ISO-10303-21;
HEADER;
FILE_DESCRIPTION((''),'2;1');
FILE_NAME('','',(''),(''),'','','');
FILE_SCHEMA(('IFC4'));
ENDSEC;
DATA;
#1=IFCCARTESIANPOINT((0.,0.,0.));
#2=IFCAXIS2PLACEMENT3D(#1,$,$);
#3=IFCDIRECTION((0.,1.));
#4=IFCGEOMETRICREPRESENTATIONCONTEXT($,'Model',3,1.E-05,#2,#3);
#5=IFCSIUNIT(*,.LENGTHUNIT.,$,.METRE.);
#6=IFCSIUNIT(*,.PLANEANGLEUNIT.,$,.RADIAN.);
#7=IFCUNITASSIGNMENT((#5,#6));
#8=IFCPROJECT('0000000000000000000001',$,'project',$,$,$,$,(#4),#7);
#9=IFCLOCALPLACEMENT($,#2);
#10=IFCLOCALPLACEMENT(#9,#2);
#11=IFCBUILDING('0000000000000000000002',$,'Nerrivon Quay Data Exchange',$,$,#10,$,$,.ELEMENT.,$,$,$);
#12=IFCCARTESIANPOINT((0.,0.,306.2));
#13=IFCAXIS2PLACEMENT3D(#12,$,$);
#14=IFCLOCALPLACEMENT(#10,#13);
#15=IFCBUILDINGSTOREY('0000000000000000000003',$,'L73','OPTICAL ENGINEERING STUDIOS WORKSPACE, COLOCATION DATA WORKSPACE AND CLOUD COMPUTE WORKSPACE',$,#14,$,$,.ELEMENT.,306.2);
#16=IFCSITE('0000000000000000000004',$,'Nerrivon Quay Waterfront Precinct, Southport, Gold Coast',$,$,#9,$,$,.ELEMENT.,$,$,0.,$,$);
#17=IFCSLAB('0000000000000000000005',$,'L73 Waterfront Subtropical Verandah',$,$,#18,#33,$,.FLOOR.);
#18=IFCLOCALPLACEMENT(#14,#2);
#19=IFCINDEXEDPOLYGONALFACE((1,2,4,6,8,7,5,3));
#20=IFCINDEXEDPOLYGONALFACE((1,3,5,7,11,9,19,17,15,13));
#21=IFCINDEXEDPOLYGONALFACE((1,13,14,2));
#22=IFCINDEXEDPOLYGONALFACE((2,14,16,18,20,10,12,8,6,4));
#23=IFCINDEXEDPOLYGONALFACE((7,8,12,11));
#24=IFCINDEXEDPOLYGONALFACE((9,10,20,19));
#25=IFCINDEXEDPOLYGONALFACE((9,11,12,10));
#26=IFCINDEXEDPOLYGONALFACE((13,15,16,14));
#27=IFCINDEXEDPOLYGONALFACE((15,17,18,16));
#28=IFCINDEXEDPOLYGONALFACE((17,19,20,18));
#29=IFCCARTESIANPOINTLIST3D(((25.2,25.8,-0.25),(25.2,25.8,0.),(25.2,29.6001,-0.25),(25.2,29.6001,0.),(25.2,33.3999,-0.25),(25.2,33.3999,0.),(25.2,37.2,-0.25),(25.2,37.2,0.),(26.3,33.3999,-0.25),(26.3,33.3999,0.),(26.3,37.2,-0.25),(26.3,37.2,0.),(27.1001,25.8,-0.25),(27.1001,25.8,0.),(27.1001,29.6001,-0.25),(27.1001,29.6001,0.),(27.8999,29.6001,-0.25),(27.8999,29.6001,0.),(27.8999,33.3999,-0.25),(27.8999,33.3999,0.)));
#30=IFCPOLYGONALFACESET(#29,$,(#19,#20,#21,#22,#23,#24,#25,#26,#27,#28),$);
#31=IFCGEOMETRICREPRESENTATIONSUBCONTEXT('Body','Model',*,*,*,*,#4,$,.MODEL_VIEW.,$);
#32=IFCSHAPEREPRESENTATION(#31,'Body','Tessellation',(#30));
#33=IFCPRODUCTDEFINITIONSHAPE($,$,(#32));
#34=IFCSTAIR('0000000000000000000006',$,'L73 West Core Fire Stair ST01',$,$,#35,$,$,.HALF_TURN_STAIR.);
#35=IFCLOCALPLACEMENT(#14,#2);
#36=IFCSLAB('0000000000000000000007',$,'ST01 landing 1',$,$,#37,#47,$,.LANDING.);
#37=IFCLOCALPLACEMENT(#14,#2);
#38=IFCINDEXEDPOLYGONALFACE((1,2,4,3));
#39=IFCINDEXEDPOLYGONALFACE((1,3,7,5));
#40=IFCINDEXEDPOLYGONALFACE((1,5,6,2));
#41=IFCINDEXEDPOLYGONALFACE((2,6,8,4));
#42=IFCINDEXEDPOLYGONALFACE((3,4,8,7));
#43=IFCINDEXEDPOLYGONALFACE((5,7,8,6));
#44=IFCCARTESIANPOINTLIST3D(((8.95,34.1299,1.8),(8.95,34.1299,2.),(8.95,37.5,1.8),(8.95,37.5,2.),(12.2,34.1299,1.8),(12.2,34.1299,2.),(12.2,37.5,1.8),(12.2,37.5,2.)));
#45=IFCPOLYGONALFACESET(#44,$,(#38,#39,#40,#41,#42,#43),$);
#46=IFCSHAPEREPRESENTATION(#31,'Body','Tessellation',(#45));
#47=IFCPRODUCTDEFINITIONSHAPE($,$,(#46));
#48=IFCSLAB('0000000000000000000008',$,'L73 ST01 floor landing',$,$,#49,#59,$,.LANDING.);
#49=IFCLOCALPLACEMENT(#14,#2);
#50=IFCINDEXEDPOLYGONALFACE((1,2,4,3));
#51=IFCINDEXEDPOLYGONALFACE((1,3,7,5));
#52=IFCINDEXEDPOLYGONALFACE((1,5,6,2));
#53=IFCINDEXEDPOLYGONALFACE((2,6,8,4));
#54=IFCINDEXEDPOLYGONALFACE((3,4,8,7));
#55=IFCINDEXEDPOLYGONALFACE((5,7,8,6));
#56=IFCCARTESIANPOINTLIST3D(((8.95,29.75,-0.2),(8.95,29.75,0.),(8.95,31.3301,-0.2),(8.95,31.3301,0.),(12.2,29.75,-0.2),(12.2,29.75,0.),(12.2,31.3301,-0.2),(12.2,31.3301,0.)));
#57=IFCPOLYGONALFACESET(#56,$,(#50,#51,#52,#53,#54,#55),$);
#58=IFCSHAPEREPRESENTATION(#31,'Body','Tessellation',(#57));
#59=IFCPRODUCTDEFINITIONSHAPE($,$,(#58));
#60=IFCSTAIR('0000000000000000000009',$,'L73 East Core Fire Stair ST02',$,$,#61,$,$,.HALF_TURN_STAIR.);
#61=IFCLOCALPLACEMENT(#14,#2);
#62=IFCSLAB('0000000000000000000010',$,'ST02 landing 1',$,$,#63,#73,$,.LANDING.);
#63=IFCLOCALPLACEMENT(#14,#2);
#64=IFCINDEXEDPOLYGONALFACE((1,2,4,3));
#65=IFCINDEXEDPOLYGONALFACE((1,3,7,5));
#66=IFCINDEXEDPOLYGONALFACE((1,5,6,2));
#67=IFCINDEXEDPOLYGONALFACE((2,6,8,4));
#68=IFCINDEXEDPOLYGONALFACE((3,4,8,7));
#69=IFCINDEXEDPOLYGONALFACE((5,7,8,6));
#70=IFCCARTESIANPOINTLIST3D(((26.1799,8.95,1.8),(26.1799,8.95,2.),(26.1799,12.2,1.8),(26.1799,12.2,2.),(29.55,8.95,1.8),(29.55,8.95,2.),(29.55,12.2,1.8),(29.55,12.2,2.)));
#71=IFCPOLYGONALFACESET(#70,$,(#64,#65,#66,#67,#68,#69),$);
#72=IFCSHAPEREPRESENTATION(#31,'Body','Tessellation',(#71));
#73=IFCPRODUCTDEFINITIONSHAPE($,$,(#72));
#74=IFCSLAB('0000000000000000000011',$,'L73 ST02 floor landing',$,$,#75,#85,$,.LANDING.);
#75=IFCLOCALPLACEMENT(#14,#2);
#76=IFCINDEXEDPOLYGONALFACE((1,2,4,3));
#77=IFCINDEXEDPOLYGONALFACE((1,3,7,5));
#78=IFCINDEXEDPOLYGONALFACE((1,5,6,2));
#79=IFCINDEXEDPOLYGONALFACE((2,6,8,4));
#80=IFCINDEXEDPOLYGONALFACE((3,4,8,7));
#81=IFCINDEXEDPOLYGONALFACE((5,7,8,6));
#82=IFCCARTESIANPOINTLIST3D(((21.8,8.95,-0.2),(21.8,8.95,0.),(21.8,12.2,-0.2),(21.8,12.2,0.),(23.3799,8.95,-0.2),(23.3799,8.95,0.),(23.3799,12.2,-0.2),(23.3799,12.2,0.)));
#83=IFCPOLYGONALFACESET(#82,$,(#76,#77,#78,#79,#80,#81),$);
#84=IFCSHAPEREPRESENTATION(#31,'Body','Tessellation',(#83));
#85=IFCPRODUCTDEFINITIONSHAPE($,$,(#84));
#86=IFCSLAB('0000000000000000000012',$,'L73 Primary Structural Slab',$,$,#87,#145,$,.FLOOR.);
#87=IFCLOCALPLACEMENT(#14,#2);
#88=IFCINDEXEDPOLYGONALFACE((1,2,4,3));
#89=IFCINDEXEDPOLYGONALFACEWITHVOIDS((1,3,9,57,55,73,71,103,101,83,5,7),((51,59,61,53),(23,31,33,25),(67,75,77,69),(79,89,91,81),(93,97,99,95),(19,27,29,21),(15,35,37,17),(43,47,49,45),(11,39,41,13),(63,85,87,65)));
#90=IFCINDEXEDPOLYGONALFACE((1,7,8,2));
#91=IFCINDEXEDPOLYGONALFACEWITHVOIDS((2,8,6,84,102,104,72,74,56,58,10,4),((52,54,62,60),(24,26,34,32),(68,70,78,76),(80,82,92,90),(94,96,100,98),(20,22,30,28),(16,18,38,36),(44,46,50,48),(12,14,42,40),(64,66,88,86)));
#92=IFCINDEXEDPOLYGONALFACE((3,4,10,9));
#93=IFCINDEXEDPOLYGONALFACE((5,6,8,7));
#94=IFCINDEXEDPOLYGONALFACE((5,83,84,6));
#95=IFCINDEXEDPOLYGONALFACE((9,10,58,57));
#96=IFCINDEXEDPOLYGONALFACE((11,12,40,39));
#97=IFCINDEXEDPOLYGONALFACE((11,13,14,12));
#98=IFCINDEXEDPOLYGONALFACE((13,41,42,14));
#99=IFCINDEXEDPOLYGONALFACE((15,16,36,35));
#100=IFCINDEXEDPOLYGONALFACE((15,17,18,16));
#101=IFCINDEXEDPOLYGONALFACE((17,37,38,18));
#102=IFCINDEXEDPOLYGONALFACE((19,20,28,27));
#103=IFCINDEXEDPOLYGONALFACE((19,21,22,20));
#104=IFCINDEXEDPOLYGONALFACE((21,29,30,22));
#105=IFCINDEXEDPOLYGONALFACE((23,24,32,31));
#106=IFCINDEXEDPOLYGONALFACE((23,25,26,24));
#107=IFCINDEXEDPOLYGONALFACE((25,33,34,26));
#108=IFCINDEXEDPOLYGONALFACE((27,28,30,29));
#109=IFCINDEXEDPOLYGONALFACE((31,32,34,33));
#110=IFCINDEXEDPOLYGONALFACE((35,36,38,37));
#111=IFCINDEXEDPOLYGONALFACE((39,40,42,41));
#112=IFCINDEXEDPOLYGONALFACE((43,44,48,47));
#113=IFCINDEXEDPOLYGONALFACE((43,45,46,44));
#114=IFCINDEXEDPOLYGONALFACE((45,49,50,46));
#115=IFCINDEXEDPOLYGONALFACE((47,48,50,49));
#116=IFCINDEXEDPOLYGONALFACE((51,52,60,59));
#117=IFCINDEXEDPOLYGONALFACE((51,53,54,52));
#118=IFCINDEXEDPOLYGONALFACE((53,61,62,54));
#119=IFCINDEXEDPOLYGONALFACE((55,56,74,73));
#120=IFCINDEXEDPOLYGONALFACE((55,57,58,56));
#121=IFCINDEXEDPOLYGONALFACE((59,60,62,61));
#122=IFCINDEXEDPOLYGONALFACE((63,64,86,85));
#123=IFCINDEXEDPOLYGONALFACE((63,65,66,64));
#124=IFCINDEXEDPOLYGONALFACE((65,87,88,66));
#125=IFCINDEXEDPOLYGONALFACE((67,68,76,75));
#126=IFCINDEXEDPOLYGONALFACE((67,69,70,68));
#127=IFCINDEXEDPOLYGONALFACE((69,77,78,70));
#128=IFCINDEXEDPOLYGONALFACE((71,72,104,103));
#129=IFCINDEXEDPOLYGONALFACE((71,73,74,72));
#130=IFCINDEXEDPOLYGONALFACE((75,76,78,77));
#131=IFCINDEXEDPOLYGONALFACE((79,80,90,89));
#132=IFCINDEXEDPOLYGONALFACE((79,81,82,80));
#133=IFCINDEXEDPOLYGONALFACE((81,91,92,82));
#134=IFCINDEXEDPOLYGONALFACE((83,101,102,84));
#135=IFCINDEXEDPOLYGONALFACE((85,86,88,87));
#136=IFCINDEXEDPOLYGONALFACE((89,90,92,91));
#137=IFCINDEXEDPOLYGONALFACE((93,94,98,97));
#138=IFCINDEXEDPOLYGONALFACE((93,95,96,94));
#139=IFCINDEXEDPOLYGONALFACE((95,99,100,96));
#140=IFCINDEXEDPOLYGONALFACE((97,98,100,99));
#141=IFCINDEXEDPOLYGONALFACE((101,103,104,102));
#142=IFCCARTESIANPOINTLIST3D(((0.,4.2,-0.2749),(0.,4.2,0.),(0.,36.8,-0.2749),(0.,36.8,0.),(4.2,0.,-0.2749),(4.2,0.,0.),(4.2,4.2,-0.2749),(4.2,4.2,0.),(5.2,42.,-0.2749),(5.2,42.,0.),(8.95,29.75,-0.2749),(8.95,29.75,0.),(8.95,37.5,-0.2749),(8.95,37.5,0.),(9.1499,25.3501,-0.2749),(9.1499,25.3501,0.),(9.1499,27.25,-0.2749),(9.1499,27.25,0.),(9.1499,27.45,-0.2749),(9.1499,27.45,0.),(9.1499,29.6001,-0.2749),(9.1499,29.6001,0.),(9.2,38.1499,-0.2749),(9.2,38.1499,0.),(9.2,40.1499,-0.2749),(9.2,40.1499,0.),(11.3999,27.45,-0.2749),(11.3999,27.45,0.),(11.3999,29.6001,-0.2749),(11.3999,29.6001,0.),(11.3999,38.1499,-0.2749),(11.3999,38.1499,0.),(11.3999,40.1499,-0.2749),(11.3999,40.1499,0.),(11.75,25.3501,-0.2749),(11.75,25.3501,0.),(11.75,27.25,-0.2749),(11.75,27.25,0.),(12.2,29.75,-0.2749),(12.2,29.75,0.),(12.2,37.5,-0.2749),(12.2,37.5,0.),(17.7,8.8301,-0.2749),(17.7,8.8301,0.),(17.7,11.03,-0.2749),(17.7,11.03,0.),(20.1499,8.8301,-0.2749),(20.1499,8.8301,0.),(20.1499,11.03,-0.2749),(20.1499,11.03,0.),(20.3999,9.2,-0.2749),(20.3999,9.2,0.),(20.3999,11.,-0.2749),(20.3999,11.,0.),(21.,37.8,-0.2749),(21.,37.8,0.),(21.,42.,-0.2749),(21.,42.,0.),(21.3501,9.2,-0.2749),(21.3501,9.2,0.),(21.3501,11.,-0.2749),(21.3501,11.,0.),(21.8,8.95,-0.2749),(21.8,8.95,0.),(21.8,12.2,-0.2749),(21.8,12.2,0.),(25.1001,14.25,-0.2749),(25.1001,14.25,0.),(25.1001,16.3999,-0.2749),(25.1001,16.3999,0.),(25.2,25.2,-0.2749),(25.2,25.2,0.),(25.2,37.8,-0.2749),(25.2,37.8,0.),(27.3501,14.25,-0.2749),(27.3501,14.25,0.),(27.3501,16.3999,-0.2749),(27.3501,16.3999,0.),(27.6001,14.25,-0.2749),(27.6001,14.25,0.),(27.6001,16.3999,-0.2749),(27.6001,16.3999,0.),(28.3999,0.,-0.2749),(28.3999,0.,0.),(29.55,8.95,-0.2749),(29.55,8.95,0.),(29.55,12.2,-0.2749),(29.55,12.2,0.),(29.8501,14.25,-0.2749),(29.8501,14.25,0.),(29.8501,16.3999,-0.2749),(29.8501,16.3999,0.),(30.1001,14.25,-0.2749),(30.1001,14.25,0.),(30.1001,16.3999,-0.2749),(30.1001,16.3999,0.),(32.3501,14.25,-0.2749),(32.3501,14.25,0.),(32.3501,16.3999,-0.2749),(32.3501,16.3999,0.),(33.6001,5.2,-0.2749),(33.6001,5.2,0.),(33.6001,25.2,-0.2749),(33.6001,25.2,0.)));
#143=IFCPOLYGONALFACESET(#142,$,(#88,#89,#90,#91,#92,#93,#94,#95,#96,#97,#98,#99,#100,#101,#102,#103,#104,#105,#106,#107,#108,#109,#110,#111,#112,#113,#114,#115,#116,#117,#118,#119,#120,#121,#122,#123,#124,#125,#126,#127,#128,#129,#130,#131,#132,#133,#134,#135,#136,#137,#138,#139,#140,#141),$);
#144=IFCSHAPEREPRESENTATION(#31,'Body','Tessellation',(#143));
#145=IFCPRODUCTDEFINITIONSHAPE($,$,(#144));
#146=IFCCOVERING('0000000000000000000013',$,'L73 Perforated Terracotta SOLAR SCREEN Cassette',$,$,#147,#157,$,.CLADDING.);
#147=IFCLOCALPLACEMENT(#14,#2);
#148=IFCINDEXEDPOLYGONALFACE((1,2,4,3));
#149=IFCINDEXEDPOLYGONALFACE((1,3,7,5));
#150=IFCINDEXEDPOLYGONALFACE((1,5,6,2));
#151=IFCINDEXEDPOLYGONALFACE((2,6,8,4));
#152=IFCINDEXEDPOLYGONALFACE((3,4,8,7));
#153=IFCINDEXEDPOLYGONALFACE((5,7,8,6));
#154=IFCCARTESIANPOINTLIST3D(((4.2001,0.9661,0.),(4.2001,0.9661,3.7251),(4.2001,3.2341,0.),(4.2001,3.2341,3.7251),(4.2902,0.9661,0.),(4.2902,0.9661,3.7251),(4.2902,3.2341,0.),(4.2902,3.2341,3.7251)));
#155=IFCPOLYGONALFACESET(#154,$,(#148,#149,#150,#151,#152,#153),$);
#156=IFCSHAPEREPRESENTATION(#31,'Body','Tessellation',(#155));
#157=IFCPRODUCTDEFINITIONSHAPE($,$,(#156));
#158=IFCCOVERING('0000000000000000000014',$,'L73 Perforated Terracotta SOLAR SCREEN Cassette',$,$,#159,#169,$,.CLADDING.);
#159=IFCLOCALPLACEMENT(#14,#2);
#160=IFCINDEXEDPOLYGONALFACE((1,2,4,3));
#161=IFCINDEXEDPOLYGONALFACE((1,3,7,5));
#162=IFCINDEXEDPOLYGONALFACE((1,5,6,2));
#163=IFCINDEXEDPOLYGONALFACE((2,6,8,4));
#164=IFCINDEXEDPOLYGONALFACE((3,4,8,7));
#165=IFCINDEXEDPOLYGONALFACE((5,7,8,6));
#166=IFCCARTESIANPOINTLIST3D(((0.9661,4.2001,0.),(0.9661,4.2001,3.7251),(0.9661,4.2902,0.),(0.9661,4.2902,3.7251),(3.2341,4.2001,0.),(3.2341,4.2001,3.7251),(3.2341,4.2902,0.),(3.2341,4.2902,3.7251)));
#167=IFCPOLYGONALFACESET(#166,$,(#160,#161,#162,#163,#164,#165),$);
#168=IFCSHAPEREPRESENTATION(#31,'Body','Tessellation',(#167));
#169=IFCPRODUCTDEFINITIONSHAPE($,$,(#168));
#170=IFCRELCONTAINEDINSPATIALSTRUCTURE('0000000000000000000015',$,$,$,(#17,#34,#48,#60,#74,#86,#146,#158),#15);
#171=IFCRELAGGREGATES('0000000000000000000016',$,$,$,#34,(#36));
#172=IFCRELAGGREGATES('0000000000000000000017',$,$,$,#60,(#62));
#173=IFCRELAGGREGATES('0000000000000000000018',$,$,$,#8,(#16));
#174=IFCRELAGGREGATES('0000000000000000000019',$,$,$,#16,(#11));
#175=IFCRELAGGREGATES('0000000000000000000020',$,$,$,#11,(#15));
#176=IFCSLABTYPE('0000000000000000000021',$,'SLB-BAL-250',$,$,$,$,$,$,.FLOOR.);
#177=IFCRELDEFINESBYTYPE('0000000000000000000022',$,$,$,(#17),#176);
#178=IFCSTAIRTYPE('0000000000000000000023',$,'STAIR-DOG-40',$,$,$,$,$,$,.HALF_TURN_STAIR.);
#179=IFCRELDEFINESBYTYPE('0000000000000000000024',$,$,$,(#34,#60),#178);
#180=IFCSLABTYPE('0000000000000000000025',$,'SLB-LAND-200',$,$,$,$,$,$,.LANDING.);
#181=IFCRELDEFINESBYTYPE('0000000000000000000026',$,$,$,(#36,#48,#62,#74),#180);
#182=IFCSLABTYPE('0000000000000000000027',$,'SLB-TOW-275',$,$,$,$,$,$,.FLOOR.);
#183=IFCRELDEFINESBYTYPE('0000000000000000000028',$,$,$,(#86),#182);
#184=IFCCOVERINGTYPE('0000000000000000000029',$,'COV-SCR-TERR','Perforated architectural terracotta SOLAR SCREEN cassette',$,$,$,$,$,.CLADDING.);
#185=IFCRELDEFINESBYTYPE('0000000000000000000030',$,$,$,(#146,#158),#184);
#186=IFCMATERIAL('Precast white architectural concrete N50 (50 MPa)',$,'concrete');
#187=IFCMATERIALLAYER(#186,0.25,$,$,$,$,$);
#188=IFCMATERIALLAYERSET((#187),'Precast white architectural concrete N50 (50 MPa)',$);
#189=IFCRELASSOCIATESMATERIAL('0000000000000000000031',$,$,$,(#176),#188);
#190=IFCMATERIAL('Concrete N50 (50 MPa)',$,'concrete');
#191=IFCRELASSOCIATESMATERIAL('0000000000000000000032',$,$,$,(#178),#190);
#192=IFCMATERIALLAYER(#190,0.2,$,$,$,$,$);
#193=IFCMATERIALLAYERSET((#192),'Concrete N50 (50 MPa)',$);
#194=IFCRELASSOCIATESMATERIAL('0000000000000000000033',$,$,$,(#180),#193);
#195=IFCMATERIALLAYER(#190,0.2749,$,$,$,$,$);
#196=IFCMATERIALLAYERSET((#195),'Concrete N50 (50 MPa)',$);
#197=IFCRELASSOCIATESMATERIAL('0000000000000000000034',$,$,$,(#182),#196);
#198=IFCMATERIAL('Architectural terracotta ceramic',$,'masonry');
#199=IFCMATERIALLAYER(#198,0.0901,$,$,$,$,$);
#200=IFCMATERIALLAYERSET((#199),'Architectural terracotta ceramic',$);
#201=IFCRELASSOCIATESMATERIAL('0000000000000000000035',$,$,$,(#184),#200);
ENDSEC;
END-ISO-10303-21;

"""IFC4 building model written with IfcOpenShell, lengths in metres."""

from ifc_helpers import new_model, si_unit, direction, frame, origin, origin_2d, place, context, subcontext, project, spatial, polyline, rectangle, outline, extrude, material, layer, layer_set, type_object, element, aggregate, save


model = new_model("IFC4")

# Units and contexts
model_context = context("Model", 3, precision=1e-05, world=origin(), true_north=direction((0.0, 1.0)))
body_context = subcontext(model_context, "Body", "Model", "MODEL_VIEW")
ifc_project = project(units=[si_unit("LENGTHUNIT", "METRE"), si_unit("PLANEANGLEUNIT", "RADIAN")], contexts=[model_context])

# Site, building, storey
site_placement = place(None, origin())
site = spatial("IfcSite", under=ifc_project, at=site_placement, Name="Nerrivon Quay Waterfront Precinct, Southport, Gold Coast", CompositionType="ELEMENT", RefElevation=0.0)
building_placement = place(site_placement, origin())
building = spatial("IfcBuilding", under=site, at=building_placement, Name="Nerrivon Quay Data Exchange", CompositionType="ELEMENT")
storey_placement = place(building_placement, frame((0.0, 0.0, 306.2)))
storey = spatial("IfcBuildingStorey", under=building, at=storey_placement, Name="L73", Description="OPTICAL ENGINEERING STUDIOS WORKSPACE, COLOCATION DATA WORKSPACE AND CLOUD COMPUTE WORKSPACE", CompositionType="ELEMENT", Elevation=306.2)

# Slab
ifc_material_1 = material(Name="Precast white architectural concrete N50 (50 MPa)", Category="concrete")
ifc_layer_1 = layer(ifc_material_1, 0.25)
ifc_layer_set_1 = layer_set([ifc_layer_1], Name="Precast white architectural concrete N50 (50 MPa)")
slab_type_1 = type_object("IfcSlabType", Name="SLB-BAL-250", PredefinedType="FLOOR", material=ifc_layer_set_1)
slab_1_placement = place(storey_placement, frame((0.0, 0.0, -0.25)))
element("IfcSlab", 1, at=slab_1_placement, inside=storey, type_object=slab_type_1, Name="L73 Waterfront Subtropical Verandah", PredefinedType="FLOOR", context=body_context, shape_type="SweptSolid", body=[
    extrude(outline(polyline([(27.1001, 29.6001), (27.8999, 29.6001), (27.8999, 33.3999), (26.3, 33.3999), (26.3, 37.2), (25.2, 37.2), (25.2, 33.3999), (25.2, 29.6001), (25.2, 25.8), (27.1001, 25.8), (27.1001, 29.6001)])), origin(), (0.0, 0.0, 1.0), 0.25),
])

# Stair, slab
ifc_material_2 = material(Name="Concrete N50 (50 MPa)", Category="concrete")
stair_type = type_object("IfcStairType", Name="STAIR-DOG-40", PredefinedType="HALF_TURN_STAIR", material=ifc_material_2)
stair_1_placement = place(storey_placement, origin())
stair_1 = element("IfcStair", 2, at=stair_1_placement, inside=storey, type_object=stair_type, Name="L73 West Core Fire Stair ST01", PredefinedType="HALF_TURN_STAIR")
ifc_layer_2 = layer(ifc_material_2, 0.2)
ifc_layer_set_2 = layer_set([ifc_layer_2], Name="Concrete N50 (50 MPa)")
slab_type_2 = type_object("IfcSlabType", Name="SLB-LAND-200", PredefinedType="LANDING", material=ifc_layer_set_2)
slab_2_placement = place(storey_placement, frame((0.0, 0.0, 1.8)))
slab_2 = element("IfcSlab", 3, at=slab_2_placement, type_object=slab_type_2, Name="ST01 landing 1", PredefinedType="LANDING", context=body_context, shape_type="SweptSolid", body=[
    extrude(outline(polyline([(12.2, 34.1299), (12.2, 37.5), (8.95, 37.5), (8.95, 34.1299), (12.2, 34.1299)])), origin(), (0.0, 0.0, 1.0), 0.2),
])
aggregate(stair_1, [slab_2])

# Slab
slab_3_placement = place(storey_placement, frame((0.0, 0.0, -0.2)))
element("IfcSlab", 4, at=slab_3_placement, inside=storey, type_object=slab_type_2, Name="L73 ST01 floor landing", PredefinedType="LANDING", context=body_context, shape_type="SweptSolid", body=[
    extrude(outline(polyline([(12.2, 29.75), (12.2, 31.3301), (8.95, 31.3301), (8.95, 29.75), (12.2, 29.75)])), origin(), (0.0, 0.0, 1.0), 0.2),
])

# Stair, slab
stair_2_placement = place(storey_placement, origin())
stair_2 = element("IfcStair", 5, at=stair_2_placement, inside=storey, type_object=stair_type, Name="L73 East Core Fire Stair ST02", PredefinedType="HALF_TURN_STAIR")
slab_4_placement = place(storey_placement, frame((0.0, 0.0, 1.8)))
slab_4 = element("IfcSlab", 6, at=slab_4_placement, type_object=slab_type_2, Name="ST02 landing 1", PredefinedType="LANDING", context=body_context, shape_type="SweptSolid", body=[
    extrude(outline(polyline([(26.1799, 8.95), (29.55, 8.95), (29.55, 12.2), (26.1799, 12.2), (26.1799, 8.95)])), origin(), (0.0, 0.0, 1.0), 0.2),
])
aggregate(stair_2, [slab_4])

# Slabs
slab_5_placement = place(storey_placement, frame((0.0, 0.0, -0.2)))
element("IfcSlab", 7, at=slab_5_placement, inside=storey, type_object=slab_type_2, Name="L73 ST02 floor landing", PredefinedType="LANDING", context=body_context, shape_type="SweptSolid", body=[
    extrude(outline(polyline([(21.8, 8.95), (23.3799, 8.95), (23.3799, 12.2), (21.8, 12.2), (21.8, 8.95)])), origin(), (0.0, 0.0, 1.0), 0.2),
])
ifc_layer_3 = layer(ifc_material_2, 0.2749)
ifc_layer_set_3 = layer_set([ifc_layer_3], Name="Concrete N50 (50 MPa)")
slab_type_3 = type_object("IfcSlabType", Name="SLB-TOW-275", PredefinedType="FLOOR", material=ifc_layer_set_3)
slab_6_placement = place(storey_placement, frame((0.0, 0.0, -0.2749)))
element("IfcSlab", 8, at=slab_6_placement, inside=storey, type_object=slab_type_3, Name="L73 Primary Structural Slab", PredefinedType="FLOOR", context=body_context, shape_type="SweptSolid", body=[
    extrude(outline(polyline([(33.6001, 25.2), (25.2, 25.2), (25.2, 37.8), (21.0, 37.8), (21.0, 42.0), (5.2, 42.0), (0.0, 36.8), (0.0, 4.2), (4.2, 4.2), (4.2, 0.0), (28.3999, 0.0), (33.6001, 5.2), (33.6001, 25.2)]), holes=[polyline([(8.95, 29.75), (8.95, 37.5), (12.2, 37.5), (12.2, 29.75), (8.95, 29.75)]), polyline([(21.8, 12.2), (29.55, 12.2), (29.55, 8.95), (21.8, 8.95), (21.8, 12.2)]), polyline([(30.1001, 14.25), (30.1001, 16.3999), (32.3501, 16.3999), (32.3501, 14.25), (30.1001, 14.25)]), polyline([(27.6001, 14.25), (27.6001, 16.3999), (29.8501, 16.3999), (29.8501, 14.25), (27.6001, 14.25)]), polyline([(25.1001, 14.25), (25.1001, 16.3999), (27.3501, 16.3999), (27.3501, 14.25), (25.1001, 14.25)]), polyline([(20.3999, 9.2), (20.3999, 11.0), (21.3501, 11.0), (21.3501, 9.2), (20.3999, 9.2)]), polyline([(17.7, 8.8301), (17.7, 11.03), (20.1499, 11.03), (20.1499, 8.8301), (17.7, 8.8301)]), polyline([(9.1499, 25.3501), (9.1499, 27.25), (11.75, 27.25), (11.75, 25.3501), (9.1499, 25.3501)]), polyline([(9.1499, 27.45), (9.1499, 29.6001), (11.3999, 29.6001), (11.3999, 27.45), (9.1499, 27.45)]), polyline([(9.2, 38.1499), (9.2, 40.1499), (11.3999, 40.1499), (11.3999, 38.1499), (9.2, 38.1499)])]), origin(), (0.0, 0.0, 1.0), 0.2749),
])

# Coverings
ifc_material_3 = material(Name="Architectural terracotta ceramic", Category="masonry")
ifc_layer_4 = layer(ifc_material_3, 0.0901)
ifc_layer_set_4 = layer_set([ifc_layer_4], Name="Architectural terracotta ceramic")
covering_type = type_object("IfcCoveringType", Name="COV-SCR-TERR", Description="Perforated architectural terracotta SOLAR SCREEN cassette", PredefinedType="CLADDING", material=ifc_layer_set_4)
for number, where, z_axis, x_axis, name in (
    (9, (4.2451, 2.1001, 0.0), (0.0, 0.0, 1.0), (0.0, 1.0, 0.0), "L73 Perforated Terracotta SOLAR SCREEN Cassette"),
    (10, (2.1001, 4.2451, 0.0), (0.0, 0.0, 1.0), (-1.0, 0.0, 0.0), "L73 Perforated Terracotta SOLAR SCREEN Cassette"),
):
    element("IfcCovering", number, at=place(storey_placement, frame(where, z_axis=z_axis, x_axis=x_axis)), inside=storey, type_object=covering_type, Name=name, PredefinedType="CLADDING", context=body_context, shape_type="SweptSolid", body=[
        extrude(rectangle(XDim=2.2681, YDim=0.0901, at=origin_2d()), origin(), (0.0, 0.0, 1.0), 3.7251),
    ])

save(model, "model.ifc")
